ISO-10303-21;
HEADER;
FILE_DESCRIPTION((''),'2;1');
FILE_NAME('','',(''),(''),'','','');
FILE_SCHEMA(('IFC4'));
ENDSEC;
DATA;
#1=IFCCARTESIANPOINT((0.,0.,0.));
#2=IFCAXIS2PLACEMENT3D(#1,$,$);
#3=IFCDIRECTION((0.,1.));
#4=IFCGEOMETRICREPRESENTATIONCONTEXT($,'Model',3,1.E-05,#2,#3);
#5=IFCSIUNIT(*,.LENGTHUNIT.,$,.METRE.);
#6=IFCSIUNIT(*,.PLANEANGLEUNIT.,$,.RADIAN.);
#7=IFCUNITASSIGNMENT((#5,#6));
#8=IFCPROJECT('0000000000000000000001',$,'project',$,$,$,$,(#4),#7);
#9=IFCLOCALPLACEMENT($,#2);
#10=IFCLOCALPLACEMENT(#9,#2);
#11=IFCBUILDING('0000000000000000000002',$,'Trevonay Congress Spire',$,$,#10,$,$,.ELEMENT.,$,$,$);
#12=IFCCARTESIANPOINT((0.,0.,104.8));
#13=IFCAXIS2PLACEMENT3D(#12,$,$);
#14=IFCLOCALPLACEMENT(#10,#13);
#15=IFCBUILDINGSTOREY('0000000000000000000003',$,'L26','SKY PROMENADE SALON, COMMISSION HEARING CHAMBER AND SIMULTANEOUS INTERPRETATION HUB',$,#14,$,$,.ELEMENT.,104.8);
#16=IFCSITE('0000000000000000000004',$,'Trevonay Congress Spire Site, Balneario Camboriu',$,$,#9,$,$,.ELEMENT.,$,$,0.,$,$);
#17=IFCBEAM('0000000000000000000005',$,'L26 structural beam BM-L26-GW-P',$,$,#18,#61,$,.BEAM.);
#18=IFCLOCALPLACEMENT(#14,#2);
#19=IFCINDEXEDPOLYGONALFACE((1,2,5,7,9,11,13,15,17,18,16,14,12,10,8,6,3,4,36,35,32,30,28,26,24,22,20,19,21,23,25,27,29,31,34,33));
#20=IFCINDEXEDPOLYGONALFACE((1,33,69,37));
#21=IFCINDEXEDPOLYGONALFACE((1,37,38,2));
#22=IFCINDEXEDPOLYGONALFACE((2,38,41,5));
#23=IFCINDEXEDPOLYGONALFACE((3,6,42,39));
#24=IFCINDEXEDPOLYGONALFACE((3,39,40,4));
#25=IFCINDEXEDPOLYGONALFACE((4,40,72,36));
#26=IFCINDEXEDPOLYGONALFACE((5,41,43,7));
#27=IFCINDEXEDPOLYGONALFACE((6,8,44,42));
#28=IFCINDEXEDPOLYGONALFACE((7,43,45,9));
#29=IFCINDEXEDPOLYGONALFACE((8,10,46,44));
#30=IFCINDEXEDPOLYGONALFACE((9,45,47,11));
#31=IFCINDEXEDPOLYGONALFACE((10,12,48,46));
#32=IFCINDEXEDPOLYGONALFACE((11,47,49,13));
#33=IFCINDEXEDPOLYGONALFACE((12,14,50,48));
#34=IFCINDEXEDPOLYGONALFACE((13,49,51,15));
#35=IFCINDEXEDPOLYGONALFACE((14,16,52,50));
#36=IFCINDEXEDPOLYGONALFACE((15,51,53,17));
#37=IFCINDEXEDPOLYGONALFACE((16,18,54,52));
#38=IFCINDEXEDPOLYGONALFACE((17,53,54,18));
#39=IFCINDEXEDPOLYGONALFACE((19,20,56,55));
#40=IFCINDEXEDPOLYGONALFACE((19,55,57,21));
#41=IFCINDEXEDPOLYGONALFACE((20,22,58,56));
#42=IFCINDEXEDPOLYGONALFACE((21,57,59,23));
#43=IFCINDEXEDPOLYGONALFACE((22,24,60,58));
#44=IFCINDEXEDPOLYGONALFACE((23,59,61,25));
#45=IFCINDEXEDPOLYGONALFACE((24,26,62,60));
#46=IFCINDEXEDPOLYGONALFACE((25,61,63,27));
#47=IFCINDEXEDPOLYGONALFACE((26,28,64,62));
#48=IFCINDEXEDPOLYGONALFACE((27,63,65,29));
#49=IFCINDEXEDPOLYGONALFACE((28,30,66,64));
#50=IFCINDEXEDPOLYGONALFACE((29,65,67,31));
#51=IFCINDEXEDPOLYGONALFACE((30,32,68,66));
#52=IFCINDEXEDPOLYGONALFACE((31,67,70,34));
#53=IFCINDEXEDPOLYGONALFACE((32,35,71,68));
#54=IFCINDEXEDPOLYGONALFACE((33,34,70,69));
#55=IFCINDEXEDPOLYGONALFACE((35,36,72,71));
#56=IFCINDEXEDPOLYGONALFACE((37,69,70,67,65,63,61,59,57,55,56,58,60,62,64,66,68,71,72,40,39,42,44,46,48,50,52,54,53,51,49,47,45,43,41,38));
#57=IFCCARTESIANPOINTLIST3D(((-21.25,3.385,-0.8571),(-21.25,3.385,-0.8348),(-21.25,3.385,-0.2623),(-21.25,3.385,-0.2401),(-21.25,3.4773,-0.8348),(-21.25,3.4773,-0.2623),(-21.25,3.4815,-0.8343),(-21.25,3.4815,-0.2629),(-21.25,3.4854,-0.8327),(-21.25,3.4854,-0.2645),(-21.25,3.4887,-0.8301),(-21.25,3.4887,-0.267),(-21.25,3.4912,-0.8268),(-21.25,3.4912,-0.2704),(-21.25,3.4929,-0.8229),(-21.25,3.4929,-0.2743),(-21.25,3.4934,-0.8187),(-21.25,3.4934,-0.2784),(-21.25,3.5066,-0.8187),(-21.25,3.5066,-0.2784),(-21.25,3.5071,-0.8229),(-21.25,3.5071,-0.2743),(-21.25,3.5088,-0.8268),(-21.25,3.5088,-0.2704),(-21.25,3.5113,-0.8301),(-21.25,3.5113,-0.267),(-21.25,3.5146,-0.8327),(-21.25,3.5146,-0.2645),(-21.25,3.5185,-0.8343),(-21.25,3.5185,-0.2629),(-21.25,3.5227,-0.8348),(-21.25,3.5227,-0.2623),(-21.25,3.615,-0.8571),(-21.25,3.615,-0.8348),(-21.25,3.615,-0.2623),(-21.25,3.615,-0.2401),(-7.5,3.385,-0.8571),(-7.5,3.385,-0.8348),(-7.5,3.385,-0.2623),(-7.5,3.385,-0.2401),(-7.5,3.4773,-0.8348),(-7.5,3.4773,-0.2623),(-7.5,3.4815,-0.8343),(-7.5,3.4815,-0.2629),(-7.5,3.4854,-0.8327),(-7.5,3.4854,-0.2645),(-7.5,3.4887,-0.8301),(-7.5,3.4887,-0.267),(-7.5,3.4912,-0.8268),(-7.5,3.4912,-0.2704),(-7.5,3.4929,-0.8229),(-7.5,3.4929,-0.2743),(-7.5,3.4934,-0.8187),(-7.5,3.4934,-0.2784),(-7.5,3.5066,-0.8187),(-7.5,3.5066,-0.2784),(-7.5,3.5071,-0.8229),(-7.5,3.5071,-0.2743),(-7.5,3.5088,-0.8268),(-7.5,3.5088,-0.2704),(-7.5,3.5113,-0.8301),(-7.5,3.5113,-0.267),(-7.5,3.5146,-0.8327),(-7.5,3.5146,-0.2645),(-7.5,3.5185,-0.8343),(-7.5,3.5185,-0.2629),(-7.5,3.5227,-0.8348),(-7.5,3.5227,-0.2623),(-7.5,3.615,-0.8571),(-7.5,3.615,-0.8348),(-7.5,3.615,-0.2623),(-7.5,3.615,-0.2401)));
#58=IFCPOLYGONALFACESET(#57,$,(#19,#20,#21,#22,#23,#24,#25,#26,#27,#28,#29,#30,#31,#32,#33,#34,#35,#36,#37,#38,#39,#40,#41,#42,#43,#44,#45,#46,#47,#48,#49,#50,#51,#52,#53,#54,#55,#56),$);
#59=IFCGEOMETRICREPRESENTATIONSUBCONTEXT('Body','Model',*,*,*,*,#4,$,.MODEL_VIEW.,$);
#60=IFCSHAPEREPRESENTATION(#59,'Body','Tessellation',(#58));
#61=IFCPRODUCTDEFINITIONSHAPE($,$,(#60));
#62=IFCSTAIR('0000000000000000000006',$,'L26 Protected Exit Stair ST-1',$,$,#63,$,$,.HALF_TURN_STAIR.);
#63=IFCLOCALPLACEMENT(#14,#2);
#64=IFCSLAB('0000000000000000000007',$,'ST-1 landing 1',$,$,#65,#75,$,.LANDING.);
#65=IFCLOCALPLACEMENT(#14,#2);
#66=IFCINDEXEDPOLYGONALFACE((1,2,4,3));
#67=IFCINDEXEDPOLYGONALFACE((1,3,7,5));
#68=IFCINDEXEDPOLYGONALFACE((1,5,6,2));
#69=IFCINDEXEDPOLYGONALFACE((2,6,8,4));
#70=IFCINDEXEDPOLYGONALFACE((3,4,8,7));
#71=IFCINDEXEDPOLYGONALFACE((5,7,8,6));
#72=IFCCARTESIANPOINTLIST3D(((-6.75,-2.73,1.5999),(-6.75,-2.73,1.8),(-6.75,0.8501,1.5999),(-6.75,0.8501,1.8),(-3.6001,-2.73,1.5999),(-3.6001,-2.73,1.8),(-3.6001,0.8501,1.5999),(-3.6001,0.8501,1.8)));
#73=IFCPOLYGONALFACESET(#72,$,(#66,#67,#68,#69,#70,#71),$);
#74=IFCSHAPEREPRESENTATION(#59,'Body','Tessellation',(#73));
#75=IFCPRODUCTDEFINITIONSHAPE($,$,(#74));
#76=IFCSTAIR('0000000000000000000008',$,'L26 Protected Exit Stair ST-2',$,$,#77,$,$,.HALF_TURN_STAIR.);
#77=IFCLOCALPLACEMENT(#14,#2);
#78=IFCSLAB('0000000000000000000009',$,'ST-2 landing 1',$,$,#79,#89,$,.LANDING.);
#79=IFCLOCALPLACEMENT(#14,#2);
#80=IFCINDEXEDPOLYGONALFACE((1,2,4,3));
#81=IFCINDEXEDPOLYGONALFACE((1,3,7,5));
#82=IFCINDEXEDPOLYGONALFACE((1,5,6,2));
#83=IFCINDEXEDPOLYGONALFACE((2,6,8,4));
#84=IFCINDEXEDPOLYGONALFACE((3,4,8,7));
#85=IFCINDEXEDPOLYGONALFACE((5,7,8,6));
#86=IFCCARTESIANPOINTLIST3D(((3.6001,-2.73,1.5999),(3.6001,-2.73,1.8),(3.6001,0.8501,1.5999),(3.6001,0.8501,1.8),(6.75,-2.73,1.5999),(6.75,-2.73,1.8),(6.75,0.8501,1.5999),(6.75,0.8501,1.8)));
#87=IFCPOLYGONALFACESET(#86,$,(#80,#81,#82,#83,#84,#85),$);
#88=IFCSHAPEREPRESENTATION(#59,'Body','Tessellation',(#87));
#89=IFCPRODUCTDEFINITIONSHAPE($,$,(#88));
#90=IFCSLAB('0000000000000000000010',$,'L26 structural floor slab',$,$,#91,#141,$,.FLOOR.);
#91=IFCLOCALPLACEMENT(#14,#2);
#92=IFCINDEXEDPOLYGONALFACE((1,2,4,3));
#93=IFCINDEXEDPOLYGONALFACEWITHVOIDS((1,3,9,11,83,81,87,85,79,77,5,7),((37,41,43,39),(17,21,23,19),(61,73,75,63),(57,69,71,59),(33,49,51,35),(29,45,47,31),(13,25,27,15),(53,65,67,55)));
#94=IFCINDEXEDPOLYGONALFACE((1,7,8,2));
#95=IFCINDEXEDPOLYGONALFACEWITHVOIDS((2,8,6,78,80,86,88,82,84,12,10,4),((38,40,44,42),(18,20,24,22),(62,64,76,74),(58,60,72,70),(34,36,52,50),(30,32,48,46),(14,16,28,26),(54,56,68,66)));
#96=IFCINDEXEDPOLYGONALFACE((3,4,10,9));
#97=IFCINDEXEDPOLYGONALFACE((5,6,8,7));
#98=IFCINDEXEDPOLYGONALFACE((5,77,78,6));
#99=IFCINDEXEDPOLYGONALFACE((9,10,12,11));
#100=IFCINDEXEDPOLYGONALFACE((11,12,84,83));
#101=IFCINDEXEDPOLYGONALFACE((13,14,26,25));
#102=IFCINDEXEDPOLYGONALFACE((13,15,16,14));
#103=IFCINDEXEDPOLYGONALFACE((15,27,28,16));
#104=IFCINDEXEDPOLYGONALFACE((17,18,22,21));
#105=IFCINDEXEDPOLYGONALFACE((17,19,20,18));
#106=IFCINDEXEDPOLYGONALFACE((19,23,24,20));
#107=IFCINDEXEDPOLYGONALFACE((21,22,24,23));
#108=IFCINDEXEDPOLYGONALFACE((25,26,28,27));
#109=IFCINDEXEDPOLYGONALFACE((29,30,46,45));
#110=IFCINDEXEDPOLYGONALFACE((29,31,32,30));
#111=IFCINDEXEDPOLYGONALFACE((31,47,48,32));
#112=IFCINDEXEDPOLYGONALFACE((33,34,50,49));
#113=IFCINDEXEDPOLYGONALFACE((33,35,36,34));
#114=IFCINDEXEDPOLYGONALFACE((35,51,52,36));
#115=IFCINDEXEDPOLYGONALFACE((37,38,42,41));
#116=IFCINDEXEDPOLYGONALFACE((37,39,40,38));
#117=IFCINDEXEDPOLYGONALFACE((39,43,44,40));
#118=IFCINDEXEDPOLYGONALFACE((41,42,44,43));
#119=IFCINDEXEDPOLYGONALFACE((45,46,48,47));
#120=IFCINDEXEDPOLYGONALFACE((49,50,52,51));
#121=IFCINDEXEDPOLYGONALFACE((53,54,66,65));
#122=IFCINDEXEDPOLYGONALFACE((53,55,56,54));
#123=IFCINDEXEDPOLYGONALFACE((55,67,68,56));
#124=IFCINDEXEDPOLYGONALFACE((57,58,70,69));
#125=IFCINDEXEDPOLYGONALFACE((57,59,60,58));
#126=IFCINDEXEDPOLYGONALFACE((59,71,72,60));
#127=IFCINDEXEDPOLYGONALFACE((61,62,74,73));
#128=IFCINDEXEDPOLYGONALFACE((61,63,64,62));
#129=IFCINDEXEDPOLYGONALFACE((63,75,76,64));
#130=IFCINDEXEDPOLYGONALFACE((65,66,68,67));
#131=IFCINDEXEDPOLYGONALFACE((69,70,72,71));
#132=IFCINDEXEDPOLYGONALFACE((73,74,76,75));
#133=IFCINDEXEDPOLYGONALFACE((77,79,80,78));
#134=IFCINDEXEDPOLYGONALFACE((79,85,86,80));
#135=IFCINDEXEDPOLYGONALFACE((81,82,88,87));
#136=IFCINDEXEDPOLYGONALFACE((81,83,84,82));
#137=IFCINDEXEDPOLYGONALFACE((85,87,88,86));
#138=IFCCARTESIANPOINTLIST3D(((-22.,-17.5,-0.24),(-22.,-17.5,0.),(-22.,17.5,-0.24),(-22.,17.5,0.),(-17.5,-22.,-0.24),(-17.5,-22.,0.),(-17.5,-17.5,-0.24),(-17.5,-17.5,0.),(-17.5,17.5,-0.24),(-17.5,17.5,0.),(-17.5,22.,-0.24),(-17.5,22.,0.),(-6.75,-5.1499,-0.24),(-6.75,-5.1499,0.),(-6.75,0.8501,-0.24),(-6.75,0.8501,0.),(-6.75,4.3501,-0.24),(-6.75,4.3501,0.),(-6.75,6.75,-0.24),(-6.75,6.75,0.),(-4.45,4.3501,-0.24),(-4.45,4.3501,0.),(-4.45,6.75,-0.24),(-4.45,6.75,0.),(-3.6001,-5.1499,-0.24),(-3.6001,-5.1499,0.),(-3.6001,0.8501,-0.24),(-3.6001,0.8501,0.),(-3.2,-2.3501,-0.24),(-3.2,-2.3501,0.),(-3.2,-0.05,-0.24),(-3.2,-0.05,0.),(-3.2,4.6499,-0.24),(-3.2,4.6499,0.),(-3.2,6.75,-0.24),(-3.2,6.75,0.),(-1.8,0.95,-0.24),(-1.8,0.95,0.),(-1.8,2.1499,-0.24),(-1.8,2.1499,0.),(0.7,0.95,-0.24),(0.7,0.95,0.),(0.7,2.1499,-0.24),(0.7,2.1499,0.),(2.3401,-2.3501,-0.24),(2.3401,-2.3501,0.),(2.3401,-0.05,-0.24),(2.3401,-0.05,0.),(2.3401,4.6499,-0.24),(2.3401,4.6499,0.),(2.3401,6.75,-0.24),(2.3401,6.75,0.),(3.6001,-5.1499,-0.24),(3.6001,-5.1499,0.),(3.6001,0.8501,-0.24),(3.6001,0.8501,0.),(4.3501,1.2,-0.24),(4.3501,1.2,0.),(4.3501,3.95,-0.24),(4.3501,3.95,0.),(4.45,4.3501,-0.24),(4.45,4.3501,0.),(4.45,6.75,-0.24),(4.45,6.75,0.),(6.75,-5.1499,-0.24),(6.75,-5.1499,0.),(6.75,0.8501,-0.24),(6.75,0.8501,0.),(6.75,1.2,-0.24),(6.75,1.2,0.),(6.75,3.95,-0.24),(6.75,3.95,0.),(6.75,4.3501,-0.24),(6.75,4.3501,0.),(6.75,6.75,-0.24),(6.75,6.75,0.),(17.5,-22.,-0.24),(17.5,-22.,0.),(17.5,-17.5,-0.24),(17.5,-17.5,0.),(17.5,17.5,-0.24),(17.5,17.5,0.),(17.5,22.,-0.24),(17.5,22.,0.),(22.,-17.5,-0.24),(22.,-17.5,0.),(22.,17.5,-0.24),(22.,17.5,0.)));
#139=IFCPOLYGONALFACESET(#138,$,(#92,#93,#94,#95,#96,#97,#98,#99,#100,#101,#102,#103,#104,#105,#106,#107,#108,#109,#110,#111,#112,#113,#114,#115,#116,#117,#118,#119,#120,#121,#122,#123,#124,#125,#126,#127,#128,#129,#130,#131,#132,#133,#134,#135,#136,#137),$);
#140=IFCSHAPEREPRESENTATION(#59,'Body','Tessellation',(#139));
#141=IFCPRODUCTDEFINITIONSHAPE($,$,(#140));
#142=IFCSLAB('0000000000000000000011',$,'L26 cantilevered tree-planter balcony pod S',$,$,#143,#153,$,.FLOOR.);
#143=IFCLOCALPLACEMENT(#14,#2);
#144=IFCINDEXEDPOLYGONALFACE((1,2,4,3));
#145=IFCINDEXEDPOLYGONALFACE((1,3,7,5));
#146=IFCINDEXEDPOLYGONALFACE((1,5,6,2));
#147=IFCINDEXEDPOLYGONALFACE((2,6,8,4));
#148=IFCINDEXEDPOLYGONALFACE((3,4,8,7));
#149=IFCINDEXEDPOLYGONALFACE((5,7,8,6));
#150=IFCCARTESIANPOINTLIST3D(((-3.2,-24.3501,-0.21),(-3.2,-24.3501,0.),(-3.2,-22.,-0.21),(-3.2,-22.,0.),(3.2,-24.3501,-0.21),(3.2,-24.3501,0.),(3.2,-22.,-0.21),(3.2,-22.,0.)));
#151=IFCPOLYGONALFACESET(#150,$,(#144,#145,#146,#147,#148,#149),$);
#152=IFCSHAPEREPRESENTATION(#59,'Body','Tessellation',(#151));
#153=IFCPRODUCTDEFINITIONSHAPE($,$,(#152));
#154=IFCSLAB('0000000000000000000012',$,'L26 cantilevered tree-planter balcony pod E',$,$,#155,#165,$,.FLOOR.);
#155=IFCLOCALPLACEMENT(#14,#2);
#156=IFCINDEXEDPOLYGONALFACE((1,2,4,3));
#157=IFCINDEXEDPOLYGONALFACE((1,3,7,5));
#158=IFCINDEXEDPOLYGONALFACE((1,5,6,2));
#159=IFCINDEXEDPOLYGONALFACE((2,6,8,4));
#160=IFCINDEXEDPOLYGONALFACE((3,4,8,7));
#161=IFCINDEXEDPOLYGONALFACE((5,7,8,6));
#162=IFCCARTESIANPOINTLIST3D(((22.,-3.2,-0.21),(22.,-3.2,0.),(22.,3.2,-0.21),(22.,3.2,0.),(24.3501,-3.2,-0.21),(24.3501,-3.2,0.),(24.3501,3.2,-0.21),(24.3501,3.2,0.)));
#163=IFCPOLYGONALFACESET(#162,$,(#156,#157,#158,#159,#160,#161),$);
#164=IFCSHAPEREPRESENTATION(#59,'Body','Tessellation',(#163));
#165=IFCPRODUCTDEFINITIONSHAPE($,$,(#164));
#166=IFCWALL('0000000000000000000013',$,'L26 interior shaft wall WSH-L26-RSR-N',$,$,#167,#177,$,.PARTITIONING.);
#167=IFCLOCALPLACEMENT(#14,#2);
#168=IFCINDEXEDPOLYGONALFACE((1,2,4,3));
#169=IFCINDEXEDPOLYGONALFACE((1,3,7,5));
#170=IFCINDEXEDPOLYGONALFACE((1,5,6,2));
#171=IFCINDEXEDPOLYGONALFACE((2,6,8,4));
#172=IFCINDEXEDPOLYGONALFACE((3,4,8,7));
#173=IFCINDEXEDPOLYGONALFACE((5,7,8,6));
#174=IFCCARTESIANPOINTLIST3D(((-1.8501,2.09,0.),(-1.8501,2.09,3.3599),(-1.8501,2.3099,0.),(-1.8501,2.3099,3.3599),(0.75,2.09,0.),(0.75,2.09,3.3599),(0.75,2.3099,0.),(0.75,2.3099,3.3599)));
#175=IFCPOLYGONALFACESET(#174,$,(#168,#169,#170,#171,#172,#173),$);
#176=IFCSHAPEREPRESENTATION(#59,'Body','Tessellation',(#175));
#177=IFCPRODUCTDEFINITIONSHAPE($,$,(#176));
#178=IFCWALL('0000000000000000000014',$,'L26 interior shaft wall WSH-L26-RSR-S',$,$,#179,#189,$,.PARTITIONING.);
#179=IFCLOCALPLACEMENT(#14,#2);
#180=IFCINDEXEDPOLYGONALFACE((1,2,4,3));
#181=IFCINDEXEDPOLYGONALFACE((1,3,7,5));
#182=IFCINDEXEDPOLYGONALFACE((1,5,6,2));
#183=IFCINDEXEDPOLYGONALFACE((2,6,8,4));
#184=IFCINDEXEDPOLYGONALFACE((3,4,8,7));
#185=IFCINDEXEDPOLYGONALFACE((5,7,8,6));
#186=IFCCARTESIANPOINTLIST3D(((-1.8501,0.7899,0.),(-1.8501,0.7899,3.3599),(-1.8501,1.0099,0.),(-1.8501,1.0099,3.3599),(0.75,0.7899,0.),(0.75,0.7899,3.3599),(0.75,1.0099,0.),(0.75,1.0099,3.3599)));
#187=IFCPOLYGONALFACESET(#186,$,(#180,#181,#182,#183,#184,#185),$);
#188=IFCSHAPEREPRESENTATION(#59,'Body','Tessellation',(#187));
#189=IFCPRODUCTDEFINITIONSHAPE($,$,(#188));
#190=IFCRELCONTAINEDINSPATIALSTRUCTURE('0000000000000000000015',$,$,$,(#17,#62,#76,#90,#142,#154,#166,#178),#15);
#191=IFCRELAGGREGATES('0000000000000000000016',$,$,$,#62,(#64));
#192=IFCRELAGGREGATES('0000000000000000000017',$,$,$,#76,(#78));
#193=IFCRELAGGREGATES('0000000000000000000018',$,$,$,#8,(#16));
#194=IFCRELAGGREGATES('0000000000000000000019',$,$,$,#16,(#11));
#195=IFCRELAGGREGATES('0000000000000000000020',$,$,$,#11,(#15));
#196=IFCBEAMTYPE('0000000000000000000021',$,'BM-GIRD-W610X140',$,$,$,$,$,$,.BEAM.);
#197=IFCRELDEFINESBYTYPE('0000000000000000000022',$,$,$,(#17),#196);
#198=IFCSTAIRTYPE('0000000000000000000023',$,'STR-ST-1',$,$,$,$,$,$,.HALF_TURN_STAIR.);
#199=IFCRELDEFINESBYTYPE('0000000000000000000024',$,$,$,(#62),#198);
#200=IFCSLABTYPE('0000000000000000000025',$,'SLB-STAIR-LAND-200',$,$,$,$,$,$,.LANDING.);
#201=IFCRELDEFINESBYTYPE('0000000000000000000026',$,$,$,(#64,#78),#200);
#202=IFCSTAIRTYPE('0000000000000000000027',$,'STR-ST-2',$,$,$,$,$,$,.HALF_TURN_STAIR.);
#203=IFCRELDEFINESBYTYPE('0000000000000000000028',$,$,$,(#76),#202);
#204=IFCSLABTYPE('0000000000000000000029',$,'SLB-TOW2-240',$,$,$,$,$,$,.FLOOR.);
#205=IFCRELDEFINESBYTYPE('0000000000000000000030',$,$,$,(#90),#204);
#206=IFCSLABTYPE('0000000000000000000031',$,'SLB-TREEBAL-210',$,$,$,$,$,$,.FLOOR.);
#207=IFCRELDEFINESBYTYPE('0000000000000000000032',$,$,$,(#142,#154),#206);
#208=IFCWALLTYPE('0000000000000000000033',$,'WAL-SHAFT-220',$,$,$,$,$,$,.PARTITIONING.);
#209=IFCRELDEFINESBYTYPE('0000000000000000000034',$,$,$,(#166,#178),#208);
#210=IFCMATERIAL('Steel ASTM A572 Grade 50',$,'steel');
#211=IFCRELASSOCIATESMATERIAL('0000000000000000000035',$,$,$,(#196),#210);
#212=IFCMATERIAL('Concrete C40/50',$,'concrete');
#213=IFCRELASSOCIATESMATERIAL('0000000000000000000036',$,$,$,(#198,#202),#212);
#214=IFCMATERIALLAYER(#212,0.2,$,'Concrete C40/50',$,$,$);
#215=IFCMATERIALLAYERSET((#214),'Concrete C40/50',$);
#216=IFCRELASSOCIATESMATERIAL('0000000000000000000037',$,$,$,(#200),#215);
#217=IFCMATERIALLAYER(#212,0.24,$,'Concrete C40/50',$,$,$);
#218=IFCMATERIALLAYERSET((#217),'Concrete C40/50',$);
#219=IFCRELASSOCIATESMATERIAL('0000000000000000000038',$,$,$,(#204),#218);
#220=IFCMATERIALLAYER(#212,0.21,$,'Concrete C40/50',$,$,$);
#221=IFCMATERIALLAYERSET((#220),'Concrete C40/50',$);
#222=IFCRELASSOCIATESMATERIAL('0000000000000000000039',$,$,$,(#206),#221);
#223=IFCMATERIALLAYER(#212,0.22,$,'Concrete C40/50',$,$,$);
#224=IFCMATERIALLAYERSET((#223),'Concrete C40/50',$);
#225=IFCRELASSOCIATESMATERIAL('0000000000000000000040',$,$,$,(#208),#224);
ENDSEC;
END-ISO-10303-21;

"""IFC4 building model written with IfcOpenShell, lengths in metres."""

from ifc_helpers import new_model, si_unit, direction, frame, frame_2d, origin, origin_2d, place, context, subcontext, project, spatial, polyline, rectangle, i_section, outline, extrude, material, layer, layer_set, material_profile, profile_set, type_object, element, aggregate, save


model = new_model("IFC4")

# Units and contexts
model_context = context("Model", 3, precision=1e-05, world=origin(), true_north=direction((0.0, 1.0)))
body_context = subcontext(model_context, "Body", "Model", "MODEL_VIEW")
ifc_project = project(units=[si_unit("LENGTHUNIT", "METRE"), si_unit("PLANEANGLEUNIT", "RADIAN")], contexts=[model_context])

# Site, building, storey
site_placement = place(None, origin())
site = spatial("IfcSite", under=ifc_project, at=site_placement, Name="Trevonay Congress Spire Site, Balneario Camboriu", CompositionType="ELEMENT", RefElevation=0.0)
building_placement = place(site_placement, origin())
building = spatial("IfcBuilding", under=site, at=building_placement, Name="Trevonay Congress Spire", CompositionType="ELEMENT")
storey_placement = place(building_placement, frame((0.0, 0.0, 104.8)))
storey = spatial("IfcBuildingStorey", under=building, at=storey_placement, Name="L26", Description="SKY PROMENADE SALON, COMMISSION HEARING CHAMBER AND SIMULTANEOUS INTERPRETATION HUB", CompositionType="ELEMENT", Elevation=104.8)

# Beam
ifc_material_1 = material(Name="Steel ASTM A572 Grade 50", Category="steel")
ifc_material_profile = material_profile(ifc_material_1, i_section(OverallWidth=0.23, OverallDepth=0.6169, WebThickness=0.0132, FlangeThickness=0.0222, FilletRadius=0.0161, at=origin_2d()), Name="W610x140")
ifc_profile_set = profile_set([ifc_material_profile], Name="Steel ASTM A572 Grade 50")
beam_type = type_object("IfcBeamType", Name="BM-GIRD-W610X140", PredefinedType="BEAM", material=ifc_profile_set)
beam_placement = place(storey_placement, frame((-7.5, 3.5, -0.5486), z_axis=(-1.0, 0.0, 0.0), x_axis=(0.0, -1.0, 0.0)))
element("IfcBeam", 1, at=beam_placement, inside=storey, type_object=beam_type, Name="L26 structural beam BM-L26-GW-P", PredefinedType="BEAM", context=body_context, shape_type="SweptSolid", body=[
    extrude(i_section(OverallWidth=0.23, OverallDepth=0.6169, WebThickness=0.0132, FlangeThickness=0.0222, FilletRadius=0.0161, at=origin_2d()), origin(), (0.0, 0.0, 1.0), 13.75),
])

# Stairs, slabs
ifc_material_2 = material(Name="Concrete C40/50", Category="concrete")
stair_type_1 = type_object("IfcStairType", Name="STR-ST-1", PredefinedType="HALF_TURN_STAIR", material=ifc_material_2)
stair_1_placement = place(storey_placement, origin())
stair_1 = element("IfcStair", 2, at=stair_1_placement, inside=storey, type_object=stair_type_1, Name="L26 Protected Exit Stair ST-1", PredefinedType="HALF_TURN_STAIR")
ifc_layer_1 = layer(ifc_material_2, 0.2, Name="Concrete C40/50")
ifc_layer_set_1 = layer_set([ifc_layer_1], Name="Concrete C40/50")
slab_type_1 = type_object("IfcSlabType", Name="SLB-STAIR-LAND-200", PredefinedType="LANDING", material=ifc_layer_set_1)
slab_1_placement = place(storey_placement, frame((0.0, 0.0, 1.5999)))
slab_1 = element("IfcSlab", 3, at=slab_1_placement, type_object=slab_type_1, Name="ST-1 landing 1", PredefinedType="LANDING", context=body_context, shape_type="SweptSolid", body=[
    extrude(outline(polyline([(-3.6001, -2.73), (-3.6001, 0.8501), (-6.75, 0.8501), (-6.75, -2.73), (-3.6001, -2.73)])), origin(), (0.0, 0.0, 1.0), 0.2002),
])
aggregate(stair_1, [slab_1])
stair_type_2 = type_object("IfcStairType", Name="STR-ST-2", PredefinedType="HALF_TURN_STAIR", material=ifc_material_2)
stair_2_placement = place(storey_placement, origin())
stair_2 = element("IfcStair", 4, at=stair_2_placement, inside=storey, type_object=stair_type_2, Name="L26 Protected Exit Stair ST-2", PredefinedType="HALF_TURN_STAIR")
slab_2_placement = place(storey_placement, frame((0.0, 0.0, 1.5999)))
slab_2 = element("IfcSlab", 5, at=slab_2_placement, type_object=slab_type_1, Name="ST-2 landing 1", PredefinedType="LANDING", context=body_context, shape_type="SweptSolid", body=[
    extrude(outline(polyline([(6.75, -2.73), (6.75, 0.8501), (3.6001, 0.8501), (3.6001, -2.73), (6.75, -2.73)])), origin(), (0.0, 0.0, 1.0), 0.2002),
])
aggregate(stair_2, [slab_2])

# Slabs
ifc_layer_2 = layer(ifc_material_2, 0.24, Name="Concrete C40/50")
ifc_layer_set_2 = layer_set([ifc_layer_2], Name="Concrete C40/50")
slab_type_2 = type_object("IfcSlabType", Name="SLB-TOW2-240", PredefinedType="FLOOR", material=ifc_layer_set_2)
slab_3_placement = place(storey_placement, frame((0.0, 0.0, -0.24)))
element("IfcSlab", 6, at=slab_3_placement, inside=storey, type_object=slab_type_2, Name="L26 structural floor slab", PredefinedType="FLOOR", context=body_context, shape_type="SweptSolid", body=[
    extrude(outline(polyline([(-17.5, -22.0), (17.5, -22.0), (17.5, -17.5), (22.0, -17.5), (22.0, 17.5), (17.5, 17.5), (17.5, 22.0), (-17.5, 22.0), (-17.5, 17.5), (-22.0, 17.5), (-22.0, -17.5), (-17.5, -17.5), (-17.5, -22.0)]), holes=[polyline([(-3.6001, -5.1499), (-3.6001, 0.8501), (-6.75, 0.8501), (-6.75, -5.1499), (-3.6001, -5.1499)]), polyline([(6.75, -5.1499), (6.75, 0.8501), (3.6001, 0.8501), (3.6001, -5.1499), (6.75, -5.1499)]), polyline([(-3.2, -2.3501), (2.3401, -2.3501), (2.3401, -0.05), (-3.2, -0.05), (-3.2, -2.3501)]), polyline([(-3.2, 4.6499), (2.3401, 4.6499), (2.3401, 6.75), (-3.2, 6.75), (-3.2, 4.6499)]), polyline([(-6.75, 4.3501), (-4.45, 4.3501), (-4.45, 6.75), (-6.75, 6.75), (-6.75, 4.3501)]), polyline([(4.45, 4.3501), (6.75, 4.3501), (6.75, 6.75), (4.45, 6.75), (4.45, 4.3501)]), polyline([(4.3501, 1.2), (6.75, 1.2), (6.75, 3.95), (4.3501, 3.95), (4.3501, 1.2)]), polyline([(-1.8, 0.95), (0.7, 0.95), (0.7, 2.1499), (-1.8, 2.1499), (-1.8, 0.95)])]), origin(), (0.0, 0.0, 1.0), 0.24),
])
ifc_layer_3 = layer(ifc_material_2, 0.21, Name="Concrete C40/50")
ifc_layer_set_3 = layer_set([ifc_layer_3], Name="Concrete C40/50")
slab_type_3 = type_object("IfcSlabType", Name="SLB-TREEBAL-210", PredefinedType="FLOOR", material=ifc_layer_set_3)
slab_4_placement = place(storey_placement, frame((0.0, 0.0, -0.21)))
element("IfcSlab", 7, at=slab_4_placement, inside=storey, type_object=slab_type_3, Name="L26 cantilevered tree-planter balcony pod S", PredefinedType="FLOOR", context=body_context, shape_type="SweptSolid", body=[
    extrude(outline(polyline([(-3.2, -24.3501), (3.2, -24.3501), (3.2, -22.0), (-3.2, -22.0), (-3.2, -24.3501)])), origin(), (0.0, 0.0, 1.0), 0.21),
])
slab_5_placement = place(storey_placement, frame((0.0, 0.0, -0.21)))
element("IfcSlab", 8, at=slab_5_placement, inside=storey, type_object=slab_type_3, Name="L26 cantilevered tree-planter balcony pod E", PredefinedType="FLOOR", context=body_context, shape_type="SweptSolid", body=[
    extrude(outline(polyline([(22.0, -3.2), (24.3501, -3.2), (24.3501, 3.2), (22.0, 3.2), (22.0, -3.2)])), origin(), (0.0, 0.0, 1.0), 0.21),
])

# Walls
ifc_layer_4 = layer(ifc_material_2, 0.22, Name="Concrete C40/50")
ifc_layer_set_4 = layer_set([ifc_layer_4], Name="Concrete C40/50")
wall_type_1 = type_object("IfcWallType", Name="WAL-SHAFT-220", PredefinedType="PARTITIONING", material=ifc_layer_set_4)
for number, where, z_axis, x_axis, name in (
    (9, (-1.8501, 2.2, 0.0), (0.0, 0.0, 1.0), (1.0, 0.0, 0.0), "L26 interior shaft wall WSH-L26-RSR-N"),
    (10, (-1.8501, 0.8999, 0.0), (0.0, 0.0, 1.0), (1.0, 0.0, 0.0), "L26 interior shaft wall WSH-L26-RSR-S"),
):
    element("IfcWall", number, at=place(storey_placement, frame(where, z_axis=z_axis, x_axis=x_axis)), inside=storey, type_object=wall_type_1, Name=name, PredefinedType="PARTITIONING", context=body_context, shape_type="SweptSolid", body=[
        extrude(rectangle(XDim=2.6001, YDim=0.22, at=frame_2d((1.3, 0.0))), origin(), (0.0, 0.0, 1.0), 3.3599),
    ])

save(model, "model.ifc")
